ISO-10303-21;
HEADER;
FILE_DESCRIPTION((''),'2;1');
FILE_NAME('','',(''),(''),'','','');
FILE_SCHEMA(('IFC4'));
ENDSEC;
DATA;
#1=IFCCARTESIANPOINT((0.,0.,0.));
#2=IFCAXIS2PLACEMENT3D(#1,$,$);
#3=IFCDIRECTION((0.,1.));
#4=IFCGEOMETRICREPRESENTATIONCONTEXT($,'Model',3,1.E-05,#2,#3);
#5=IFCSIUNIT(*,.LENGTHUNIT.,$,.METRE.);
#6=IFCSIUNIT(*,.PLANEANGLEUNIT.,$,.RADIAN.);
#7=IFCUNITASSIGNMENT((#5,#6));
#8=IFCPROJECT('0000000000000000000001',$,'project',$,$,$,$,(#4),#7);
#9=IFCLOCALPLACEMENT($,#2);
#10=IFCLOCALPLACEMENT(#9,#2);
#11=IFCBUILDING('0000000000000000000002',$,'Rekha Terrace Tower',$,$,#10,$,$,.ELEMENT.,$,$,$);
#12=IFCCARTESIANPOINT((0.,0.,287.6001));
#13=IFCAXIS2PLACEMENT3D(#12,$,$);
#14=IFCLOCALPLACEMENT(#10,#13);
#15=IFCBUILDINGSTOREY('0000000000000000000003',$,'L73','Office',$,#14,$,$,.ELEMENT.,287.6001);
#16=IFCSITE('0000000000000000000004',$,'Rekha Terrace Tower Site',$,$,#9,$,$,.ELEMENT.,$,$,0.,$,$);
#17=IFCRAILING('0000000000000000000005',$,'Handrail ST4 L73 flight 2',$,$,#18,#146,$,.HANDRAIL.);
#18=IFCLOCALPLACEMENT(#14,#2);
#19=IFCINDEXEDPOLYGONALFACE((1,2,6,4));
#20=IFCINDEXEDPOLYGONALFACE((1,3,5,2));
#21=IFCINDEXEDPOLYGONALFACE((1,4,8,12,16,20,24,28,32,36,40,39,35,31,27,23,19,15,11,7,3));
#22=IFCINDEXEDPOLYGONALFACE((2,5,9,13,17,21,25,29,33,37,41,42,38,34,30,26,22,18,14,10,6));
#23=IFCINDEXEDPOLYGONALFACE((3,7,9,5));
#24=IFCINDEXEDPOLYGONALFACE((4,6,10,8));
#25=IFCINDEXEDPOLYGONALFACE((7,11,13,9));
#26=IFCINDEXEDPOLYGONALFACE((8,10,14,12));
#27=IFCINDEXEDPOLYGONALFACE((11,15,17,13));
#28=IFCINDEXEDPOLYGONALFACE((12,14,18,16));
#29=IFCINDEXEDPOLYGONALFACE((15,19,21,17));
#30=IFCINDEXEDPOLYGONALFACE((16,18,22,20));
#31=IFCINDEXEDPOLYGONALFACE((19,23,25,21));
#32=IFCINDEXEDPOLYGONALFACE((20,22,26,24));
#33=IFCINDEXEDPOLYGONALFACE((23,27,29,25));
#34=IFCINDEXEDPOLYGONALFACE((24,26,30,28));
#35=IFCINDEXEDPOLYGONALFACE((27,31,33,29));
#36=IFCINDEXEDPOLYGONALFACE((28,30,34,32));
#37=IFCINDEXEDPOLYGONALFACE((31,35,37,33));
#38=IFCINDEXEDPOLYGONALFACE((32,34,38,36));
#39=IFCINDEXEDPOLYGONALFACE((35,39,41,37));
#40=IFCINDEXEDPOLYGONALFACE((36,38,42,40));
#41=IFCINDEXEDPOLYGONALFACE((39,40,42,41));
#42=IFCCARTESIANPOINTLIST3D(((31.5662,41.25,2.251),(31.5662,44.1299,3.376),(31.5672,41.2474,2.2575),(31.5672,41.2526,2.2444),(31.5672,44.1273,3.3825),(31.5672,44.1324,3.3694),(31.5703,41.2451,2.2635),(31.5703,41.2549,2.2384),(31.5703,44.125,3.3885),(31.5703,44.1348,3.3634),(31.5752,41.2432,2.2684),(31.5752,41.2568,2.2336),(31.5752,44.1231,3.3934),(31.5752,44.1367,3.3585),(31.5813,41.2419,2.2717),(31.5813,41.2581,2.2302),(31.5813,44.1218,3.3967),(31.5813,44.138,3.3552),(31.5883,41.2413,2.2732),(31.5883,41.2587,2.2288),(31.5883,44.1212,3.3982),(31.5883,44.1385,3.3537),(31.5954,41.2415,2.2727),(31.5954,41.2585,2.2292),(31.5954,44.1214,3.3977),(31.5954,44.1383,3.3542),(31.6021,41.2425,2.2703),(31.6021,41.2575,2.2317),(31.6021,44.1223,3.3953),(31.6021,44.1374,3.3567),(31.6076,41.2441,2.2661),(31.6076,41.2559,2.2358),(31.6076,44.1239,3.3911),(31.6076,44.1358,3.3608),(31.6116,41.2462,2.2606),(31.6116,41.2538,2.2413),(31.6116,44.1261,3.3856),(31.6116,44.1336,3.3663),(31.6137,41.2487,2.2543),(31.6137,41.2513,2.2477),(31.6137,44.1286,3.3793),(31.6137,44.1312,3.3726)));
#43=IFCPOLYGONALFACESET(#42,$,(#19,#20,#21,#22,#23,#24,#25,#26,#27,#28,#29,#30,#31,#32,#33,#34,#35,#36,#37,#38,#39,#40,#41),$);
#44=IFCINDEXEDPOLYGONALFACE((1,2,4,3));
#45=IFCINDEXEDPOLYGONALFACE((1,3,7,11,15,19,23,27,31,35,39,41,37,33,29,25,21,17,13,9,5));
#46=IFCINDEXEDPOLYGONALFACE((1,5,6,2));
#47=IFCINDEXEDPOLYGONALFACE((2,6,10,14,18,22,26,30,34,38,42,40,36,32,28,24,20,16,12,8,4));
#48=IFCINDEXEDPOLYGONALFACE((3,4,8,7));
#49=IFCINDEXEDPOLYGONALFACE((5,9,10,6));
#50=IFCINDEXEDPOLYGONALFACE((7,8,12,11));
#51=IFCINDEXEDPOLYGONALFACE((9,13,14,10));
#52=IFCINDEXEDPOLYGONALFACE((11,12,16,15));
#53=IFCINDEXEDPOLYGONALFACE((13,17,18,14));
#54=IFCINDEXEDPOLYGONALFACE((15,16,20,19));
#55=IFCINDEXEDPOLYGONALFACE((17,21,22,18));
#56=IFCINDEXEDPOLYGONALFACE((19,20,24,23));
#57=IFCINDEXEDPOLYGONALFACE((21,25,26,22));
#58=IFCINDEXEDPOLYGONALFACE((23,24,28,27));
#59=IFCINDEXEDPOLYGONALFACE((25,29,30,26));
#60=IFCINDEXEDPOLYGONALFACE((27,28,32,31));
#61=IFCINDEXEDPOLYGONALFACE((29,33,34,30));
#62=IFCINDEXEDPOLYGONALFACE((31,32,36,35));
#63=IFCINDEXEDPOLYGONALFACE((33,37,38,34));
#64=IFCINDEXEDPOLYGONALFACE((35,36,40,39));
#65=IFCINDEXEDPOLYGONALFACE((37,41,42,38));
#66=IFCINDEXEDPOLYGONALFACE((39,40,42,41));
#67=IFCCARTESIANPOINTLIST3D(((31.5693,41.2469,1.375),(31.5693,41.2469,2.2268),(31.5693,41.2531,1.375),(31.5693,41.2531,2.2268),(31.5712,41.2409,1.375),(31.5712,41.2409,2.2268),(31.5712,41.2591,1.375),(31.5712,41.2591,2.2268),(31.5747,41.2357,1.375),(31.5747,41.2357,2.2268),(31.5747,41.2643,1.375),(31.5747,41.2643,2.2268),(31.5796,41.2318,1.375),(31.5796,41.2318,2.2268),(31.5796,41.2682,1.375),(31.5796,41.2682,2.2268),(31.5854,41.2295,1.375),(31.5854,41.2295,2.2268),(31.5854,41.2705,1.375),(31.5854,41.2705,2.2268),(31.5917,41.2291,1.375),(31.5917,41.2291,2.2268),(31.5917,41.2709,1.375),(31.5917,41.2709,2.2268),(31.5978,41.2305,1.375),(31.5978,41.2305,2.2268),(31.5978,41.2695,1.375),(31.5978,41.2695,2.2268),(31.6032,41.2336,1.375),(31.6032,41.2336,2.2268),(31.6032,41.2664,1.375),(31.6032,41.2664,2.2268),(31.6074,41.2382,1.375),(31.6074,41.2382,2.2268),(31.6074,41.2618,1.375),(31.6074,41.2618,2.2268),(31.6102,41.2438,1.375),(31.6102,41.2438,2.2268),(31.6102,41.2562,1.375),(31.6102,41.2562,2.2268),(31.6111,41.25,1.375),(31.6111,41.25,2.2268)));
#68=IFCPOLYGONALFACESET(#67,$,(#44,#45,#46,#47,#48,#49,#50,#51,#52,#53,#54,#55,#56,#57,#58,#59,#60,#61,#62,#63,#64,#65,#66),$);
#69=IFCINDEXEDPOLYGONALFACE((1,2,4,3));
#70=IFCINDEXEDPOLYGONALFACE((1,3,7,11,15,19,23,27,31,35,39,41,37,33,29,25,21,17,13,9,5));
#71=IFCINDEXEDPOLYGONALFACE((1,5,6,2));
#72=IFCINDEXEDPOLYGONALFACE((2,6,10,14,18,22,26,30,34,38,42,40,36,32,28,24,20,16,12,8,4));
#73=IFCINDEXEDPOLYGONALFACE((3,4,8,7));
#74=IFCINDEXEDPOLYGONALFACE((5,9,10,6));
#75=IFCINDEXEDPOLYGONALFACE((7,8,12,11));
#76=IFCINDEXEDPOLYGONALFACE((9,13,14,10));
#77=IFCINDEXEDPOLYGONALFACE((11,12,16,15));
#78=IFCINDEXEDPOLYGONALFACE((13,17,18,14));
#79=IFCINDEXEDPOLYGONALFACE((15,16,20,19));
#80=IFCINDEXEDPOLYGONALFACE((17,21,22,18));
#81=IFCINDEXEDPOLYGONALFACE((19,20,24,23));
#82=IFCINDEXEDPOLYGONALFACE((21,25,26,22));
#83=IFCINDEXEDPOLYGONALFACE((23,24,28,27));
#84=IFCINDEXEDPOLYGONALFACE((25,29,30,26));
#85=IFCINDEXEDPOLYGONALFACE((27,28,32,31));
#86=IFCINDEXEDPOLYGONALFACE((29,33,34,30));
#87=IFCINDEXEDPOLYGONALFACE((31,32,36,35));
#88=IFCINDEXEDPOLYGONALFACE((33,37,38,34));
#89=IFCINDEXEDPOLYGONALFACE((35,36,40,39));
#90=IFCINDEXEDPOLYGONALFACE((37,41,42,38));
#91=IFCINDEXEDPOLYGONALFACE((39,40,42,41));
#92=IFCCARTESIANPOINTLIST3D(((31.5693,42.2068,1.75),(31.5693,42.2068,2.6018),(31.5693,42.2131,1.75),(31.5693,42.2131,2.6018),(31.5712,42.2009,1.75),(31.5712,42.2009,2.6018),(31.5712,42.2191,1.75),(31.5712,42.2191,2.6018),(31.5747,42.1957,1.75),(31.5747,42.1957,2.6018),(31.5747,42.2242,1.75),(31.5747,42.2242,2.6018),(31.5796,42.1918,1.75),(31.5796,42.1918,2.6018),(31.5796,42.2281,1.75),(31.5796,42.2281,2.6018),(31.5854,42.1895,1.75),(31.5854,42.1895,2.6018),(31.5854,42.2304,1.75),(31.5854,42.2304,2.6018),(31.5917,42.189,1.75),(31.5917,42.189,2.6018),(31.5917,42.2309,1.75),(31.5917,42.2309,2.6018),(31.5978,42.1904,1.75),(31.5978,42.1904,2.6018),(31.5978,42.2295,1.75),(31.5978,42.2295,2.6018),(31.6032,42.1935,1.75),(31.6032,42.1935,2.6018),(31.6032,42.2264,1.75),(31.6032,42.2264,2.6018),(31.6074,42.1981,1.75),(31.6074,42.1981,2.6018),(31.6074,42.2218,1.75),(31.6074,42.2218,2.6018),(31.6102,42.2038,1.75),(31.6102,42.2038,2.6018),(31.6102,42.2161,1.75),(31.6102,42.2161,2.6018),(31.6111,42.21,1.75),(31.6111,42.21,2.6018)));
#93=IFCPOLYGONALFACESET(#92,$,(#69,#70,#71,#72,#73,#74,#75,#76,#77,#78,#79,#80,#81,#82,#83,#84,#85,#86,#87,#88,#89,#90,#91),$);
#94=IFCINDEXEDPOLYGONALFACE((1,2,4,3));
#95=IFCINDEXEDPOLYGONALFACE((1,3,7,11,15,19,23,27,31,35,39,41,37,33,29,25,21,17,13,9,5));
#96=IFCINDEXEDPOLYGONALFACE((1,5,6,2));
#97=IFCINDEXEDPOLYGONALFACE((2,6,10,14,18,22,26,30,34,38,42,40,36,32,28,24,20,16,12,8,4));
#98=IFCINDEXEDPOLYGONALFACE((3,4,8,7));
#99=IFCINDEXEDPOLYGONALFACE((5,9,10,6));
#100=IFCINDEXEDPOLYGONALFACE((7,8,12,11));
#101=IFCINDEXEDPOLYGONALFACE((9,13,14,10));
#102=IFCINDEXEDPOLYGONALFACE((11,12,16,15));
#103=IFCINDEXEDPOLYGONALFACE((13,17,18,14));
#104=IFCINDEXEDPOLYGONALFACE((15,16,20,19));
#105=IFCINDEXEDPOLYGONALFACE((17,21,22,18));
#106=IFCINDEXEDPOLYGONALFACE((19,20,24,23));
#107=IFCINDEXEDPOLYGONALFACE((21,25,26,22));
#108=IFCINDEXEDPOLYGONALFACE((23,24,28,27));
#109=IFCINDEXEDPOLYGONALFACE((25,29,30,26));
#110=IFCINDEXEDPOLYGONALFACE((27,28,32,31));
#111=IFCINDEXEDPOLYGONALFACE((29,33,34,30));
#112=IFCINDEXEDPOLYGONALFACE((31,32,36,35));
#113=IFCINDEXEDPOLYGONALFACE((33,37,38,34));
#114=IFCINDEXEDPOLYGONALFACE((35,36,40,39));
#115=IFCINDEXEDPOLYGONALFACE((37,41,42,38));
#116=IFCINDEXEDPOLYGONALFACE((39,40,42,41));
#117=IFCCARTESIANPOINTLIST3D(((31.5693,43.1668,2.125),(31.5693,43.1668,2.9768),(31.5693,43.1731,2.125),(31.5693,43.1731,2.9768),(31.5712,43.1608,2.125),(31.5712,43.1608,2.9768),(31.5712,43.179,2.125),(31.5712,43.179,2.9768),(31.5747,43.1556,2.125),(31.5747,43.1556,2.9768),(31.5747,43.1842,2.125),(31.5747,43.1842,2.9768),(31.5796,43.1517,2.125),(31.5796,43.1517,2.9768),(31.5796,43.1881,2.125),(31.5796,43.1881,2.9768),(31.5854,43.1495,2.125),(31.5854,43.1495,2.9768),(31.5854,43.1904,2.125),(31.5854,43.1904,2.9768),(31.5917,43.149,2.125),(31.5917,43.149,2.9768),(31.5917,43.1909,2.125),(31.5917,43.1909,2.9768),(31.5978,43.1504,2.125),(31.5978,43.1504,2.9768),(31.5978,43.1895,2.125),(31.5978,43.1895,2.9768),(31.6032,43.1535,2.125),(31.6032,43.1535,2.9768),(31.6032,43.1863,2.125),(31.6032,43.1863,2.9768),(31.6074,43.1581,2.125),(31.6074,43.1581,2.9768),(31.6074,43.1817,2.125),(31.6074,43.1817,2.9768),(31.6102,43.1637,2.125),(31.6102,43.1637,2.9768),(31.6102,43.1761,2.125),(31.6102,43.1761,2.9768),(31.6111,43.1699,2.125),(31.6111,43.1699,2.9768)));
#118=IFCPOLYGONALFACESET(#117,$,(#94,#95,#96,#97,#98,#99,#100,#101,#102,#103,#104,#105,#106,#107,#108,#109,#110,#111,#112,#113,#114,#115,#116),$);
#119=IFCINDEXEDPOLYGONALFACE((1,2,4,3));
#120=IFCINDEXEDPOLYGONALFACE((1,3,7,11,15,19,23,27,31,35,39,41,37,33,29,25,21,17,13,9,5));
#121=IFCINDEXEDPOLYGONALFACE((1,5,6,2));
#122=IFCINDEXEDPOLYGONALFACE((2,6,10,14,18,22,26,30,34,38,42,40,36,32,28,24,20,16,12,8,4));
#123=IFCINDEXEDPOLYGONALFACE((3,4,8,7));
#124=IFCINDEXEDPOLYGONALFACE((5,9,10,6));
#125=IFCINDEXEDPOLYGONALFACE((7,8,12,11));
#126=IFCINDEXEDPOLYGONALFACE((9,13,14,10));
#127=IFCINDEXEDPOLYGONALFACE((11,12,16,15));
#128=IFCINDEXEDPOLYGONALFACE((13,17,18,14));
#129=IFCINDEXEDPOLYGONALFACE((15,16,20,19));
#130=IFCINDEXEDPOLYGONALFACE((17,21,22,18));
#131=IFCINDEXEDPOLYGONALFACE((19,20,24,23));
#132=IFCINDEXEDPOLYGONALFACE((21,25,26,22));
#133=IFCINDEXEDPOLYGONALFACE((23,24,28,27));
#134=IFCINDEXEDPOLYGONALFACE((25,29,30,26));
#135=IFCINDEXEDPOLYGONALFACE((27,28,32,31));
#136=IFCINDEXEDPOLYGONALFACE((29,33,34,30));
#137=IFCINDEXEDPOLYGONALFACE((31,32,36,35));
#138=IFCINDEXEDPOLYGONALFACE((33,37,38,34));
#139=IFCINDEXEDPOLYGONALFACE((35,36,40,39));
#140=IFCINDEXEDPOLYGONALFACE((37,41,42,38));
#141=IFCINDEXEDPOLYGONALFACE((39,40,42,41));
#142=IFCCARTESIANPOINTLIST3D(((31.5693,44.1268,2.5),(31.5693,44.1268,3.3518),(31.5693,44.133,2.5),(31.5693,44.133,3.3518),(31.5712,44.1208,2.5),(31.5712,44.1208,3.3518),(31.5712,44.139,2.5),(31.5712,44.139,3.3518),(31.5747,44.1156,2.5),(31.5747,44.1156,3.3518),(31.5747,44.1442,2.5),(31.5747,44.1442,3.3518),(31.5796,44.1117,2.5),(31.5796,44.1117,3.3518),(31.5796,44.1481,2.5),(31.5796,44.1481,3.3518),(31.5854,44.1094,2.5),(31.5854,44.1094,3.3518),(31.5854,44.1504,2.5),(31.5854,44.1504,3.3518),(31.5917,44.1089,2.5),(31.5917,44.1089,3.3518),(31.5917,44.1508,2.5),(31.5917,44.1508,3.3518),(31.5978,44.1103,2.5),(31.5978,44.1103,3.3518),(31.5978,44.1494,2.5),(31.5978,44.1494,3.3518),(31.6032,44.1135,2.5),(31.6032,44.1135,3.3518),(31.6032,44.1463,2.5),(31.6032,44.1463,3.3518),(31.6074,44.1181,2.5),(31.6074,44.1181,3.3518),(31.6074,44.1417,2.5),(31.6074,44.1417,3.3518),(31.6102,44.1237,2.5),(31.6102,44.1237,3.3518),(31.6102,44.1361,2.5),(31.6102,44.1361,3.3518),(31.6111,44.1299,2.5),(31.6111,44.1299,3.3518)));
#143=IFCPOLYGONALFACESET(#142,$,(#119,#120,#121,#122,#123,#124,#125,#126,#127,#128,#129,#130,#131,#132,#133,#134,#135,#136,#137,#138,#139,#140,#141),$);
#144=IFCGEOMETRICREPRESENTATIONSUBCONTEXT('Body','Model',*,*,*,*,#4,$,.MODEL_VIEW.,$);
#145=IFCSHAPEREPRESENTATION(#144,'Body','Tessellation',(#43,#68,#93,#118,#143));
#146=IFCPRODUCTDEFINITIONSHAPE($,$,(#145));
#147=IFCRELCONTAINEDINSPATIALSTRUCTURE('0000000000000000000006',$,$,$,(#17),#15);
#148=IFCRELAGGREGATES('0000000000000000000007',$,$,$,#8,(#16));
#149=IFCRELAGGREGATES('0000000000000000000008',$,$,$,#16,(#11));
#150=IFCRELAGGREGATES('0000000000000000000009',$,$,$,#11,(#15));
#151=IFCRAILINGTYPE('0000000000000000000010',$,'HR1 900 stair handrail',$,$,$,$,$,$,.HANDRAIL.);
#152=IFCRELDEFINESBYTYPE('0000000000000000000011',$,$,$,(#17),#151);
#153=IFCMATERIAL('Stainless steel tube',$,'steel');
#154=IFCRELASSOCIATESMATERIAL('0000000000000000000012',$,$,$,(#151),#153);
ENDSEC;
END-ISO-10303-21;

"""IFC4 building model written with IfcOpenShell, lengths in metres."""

from ifc_helpers import new_model, si_unit, direction, frame, origin, origin_2d, place, context, subcontext, project, spatial, circle, extrude, material, type_object, element, save


model = new_model("IFC4")

# Units and contexts
model_context = context("Model", 3, precision=1e-05, world=origin(), true_north=direction((0.0, 1.0)))
body_context = subcontext(model_context, "Body", "Model", "MODEL_VIEW")
ifc_project = project(units=[si_unit("LENGTHUNIT", "METRE"), si_unit("PLANEANGLEUNIT", "RADIAN")], contexts=[model_context])

# Site, building, storey
site_placement = place(None, origin())
site = spatial("IfcSite", under=ifc_project, at=site_placement, Name="Rekha Terrace Tower Site", CompositionType="ELEMENT", RefElevation=0.0)
building_placement = place(site_placement, origin())
building = spatial("IfcBuilding", under=site, at=building_placement, Name="Rekha Terrace Tower", CompositionType="ELEMENT")
storey_placement = place(building_placement, frame((0.0, 0.0, 287.6001)))
storey = spatial("IfcBuildingStorey", under=building, at=storey_placement, Name="L73", Description="Office", CompositionType="ELEMENT", Elevation=287.6001)

# Railing
ifc_material_1 = material(Name="Stainless steel tube", Category="steel")
railing_type_1 = type_object("IfcRailingType", Name="HR1 900 stair handrail", PredefinedType="HANDRAIL", material=ifc_material_1)
for number, where, name in (
    (1, (31.5901, 41.25, 1.375), "Handrail ST4 L73 flight 2"),
):
    element("IfcRailing", number, at=place(storey_placement, frame(where)), inside=storey, type_object=railing_type_1, Name=name, PredefinedType="HANDRAIL", context=body_context, shape_type="SweptSolid", body=[
        extrude(circle(Radius=0.0239, at=origin_2d()), frame((0.0, 0.0, 0.876), z_axis=(0.0, 0.931452, 0.363863), x_axis=(-1.0, 0.0, 0.0)), (0.0, 0.0, 1.0), 3.0918),
        extrude(circle(Radius=0.021, at=origin_2d()), origin(), (0.0, 0.0, 1.0), 0.8518),
        extrude(circle(Radius=0.021, at=origin_2d()), frame((0.0, 0.96, 0.375)), (0.0, 0.0, 1.0), 0.8518),
        extrude(circle(Radius=0.021, at=origin_2d()), frame((0.0, 1.9199, 0.75)), (0.0, 0.0, 1.0), 0.8518),
        extrude(circle(Radius=0.021, at=origin_2d()), frame((0.0, 2.8799, 1.125)), (0.0, 0.0, 1.0), 0.8518),
    ])

save(model, "model.ifc")
